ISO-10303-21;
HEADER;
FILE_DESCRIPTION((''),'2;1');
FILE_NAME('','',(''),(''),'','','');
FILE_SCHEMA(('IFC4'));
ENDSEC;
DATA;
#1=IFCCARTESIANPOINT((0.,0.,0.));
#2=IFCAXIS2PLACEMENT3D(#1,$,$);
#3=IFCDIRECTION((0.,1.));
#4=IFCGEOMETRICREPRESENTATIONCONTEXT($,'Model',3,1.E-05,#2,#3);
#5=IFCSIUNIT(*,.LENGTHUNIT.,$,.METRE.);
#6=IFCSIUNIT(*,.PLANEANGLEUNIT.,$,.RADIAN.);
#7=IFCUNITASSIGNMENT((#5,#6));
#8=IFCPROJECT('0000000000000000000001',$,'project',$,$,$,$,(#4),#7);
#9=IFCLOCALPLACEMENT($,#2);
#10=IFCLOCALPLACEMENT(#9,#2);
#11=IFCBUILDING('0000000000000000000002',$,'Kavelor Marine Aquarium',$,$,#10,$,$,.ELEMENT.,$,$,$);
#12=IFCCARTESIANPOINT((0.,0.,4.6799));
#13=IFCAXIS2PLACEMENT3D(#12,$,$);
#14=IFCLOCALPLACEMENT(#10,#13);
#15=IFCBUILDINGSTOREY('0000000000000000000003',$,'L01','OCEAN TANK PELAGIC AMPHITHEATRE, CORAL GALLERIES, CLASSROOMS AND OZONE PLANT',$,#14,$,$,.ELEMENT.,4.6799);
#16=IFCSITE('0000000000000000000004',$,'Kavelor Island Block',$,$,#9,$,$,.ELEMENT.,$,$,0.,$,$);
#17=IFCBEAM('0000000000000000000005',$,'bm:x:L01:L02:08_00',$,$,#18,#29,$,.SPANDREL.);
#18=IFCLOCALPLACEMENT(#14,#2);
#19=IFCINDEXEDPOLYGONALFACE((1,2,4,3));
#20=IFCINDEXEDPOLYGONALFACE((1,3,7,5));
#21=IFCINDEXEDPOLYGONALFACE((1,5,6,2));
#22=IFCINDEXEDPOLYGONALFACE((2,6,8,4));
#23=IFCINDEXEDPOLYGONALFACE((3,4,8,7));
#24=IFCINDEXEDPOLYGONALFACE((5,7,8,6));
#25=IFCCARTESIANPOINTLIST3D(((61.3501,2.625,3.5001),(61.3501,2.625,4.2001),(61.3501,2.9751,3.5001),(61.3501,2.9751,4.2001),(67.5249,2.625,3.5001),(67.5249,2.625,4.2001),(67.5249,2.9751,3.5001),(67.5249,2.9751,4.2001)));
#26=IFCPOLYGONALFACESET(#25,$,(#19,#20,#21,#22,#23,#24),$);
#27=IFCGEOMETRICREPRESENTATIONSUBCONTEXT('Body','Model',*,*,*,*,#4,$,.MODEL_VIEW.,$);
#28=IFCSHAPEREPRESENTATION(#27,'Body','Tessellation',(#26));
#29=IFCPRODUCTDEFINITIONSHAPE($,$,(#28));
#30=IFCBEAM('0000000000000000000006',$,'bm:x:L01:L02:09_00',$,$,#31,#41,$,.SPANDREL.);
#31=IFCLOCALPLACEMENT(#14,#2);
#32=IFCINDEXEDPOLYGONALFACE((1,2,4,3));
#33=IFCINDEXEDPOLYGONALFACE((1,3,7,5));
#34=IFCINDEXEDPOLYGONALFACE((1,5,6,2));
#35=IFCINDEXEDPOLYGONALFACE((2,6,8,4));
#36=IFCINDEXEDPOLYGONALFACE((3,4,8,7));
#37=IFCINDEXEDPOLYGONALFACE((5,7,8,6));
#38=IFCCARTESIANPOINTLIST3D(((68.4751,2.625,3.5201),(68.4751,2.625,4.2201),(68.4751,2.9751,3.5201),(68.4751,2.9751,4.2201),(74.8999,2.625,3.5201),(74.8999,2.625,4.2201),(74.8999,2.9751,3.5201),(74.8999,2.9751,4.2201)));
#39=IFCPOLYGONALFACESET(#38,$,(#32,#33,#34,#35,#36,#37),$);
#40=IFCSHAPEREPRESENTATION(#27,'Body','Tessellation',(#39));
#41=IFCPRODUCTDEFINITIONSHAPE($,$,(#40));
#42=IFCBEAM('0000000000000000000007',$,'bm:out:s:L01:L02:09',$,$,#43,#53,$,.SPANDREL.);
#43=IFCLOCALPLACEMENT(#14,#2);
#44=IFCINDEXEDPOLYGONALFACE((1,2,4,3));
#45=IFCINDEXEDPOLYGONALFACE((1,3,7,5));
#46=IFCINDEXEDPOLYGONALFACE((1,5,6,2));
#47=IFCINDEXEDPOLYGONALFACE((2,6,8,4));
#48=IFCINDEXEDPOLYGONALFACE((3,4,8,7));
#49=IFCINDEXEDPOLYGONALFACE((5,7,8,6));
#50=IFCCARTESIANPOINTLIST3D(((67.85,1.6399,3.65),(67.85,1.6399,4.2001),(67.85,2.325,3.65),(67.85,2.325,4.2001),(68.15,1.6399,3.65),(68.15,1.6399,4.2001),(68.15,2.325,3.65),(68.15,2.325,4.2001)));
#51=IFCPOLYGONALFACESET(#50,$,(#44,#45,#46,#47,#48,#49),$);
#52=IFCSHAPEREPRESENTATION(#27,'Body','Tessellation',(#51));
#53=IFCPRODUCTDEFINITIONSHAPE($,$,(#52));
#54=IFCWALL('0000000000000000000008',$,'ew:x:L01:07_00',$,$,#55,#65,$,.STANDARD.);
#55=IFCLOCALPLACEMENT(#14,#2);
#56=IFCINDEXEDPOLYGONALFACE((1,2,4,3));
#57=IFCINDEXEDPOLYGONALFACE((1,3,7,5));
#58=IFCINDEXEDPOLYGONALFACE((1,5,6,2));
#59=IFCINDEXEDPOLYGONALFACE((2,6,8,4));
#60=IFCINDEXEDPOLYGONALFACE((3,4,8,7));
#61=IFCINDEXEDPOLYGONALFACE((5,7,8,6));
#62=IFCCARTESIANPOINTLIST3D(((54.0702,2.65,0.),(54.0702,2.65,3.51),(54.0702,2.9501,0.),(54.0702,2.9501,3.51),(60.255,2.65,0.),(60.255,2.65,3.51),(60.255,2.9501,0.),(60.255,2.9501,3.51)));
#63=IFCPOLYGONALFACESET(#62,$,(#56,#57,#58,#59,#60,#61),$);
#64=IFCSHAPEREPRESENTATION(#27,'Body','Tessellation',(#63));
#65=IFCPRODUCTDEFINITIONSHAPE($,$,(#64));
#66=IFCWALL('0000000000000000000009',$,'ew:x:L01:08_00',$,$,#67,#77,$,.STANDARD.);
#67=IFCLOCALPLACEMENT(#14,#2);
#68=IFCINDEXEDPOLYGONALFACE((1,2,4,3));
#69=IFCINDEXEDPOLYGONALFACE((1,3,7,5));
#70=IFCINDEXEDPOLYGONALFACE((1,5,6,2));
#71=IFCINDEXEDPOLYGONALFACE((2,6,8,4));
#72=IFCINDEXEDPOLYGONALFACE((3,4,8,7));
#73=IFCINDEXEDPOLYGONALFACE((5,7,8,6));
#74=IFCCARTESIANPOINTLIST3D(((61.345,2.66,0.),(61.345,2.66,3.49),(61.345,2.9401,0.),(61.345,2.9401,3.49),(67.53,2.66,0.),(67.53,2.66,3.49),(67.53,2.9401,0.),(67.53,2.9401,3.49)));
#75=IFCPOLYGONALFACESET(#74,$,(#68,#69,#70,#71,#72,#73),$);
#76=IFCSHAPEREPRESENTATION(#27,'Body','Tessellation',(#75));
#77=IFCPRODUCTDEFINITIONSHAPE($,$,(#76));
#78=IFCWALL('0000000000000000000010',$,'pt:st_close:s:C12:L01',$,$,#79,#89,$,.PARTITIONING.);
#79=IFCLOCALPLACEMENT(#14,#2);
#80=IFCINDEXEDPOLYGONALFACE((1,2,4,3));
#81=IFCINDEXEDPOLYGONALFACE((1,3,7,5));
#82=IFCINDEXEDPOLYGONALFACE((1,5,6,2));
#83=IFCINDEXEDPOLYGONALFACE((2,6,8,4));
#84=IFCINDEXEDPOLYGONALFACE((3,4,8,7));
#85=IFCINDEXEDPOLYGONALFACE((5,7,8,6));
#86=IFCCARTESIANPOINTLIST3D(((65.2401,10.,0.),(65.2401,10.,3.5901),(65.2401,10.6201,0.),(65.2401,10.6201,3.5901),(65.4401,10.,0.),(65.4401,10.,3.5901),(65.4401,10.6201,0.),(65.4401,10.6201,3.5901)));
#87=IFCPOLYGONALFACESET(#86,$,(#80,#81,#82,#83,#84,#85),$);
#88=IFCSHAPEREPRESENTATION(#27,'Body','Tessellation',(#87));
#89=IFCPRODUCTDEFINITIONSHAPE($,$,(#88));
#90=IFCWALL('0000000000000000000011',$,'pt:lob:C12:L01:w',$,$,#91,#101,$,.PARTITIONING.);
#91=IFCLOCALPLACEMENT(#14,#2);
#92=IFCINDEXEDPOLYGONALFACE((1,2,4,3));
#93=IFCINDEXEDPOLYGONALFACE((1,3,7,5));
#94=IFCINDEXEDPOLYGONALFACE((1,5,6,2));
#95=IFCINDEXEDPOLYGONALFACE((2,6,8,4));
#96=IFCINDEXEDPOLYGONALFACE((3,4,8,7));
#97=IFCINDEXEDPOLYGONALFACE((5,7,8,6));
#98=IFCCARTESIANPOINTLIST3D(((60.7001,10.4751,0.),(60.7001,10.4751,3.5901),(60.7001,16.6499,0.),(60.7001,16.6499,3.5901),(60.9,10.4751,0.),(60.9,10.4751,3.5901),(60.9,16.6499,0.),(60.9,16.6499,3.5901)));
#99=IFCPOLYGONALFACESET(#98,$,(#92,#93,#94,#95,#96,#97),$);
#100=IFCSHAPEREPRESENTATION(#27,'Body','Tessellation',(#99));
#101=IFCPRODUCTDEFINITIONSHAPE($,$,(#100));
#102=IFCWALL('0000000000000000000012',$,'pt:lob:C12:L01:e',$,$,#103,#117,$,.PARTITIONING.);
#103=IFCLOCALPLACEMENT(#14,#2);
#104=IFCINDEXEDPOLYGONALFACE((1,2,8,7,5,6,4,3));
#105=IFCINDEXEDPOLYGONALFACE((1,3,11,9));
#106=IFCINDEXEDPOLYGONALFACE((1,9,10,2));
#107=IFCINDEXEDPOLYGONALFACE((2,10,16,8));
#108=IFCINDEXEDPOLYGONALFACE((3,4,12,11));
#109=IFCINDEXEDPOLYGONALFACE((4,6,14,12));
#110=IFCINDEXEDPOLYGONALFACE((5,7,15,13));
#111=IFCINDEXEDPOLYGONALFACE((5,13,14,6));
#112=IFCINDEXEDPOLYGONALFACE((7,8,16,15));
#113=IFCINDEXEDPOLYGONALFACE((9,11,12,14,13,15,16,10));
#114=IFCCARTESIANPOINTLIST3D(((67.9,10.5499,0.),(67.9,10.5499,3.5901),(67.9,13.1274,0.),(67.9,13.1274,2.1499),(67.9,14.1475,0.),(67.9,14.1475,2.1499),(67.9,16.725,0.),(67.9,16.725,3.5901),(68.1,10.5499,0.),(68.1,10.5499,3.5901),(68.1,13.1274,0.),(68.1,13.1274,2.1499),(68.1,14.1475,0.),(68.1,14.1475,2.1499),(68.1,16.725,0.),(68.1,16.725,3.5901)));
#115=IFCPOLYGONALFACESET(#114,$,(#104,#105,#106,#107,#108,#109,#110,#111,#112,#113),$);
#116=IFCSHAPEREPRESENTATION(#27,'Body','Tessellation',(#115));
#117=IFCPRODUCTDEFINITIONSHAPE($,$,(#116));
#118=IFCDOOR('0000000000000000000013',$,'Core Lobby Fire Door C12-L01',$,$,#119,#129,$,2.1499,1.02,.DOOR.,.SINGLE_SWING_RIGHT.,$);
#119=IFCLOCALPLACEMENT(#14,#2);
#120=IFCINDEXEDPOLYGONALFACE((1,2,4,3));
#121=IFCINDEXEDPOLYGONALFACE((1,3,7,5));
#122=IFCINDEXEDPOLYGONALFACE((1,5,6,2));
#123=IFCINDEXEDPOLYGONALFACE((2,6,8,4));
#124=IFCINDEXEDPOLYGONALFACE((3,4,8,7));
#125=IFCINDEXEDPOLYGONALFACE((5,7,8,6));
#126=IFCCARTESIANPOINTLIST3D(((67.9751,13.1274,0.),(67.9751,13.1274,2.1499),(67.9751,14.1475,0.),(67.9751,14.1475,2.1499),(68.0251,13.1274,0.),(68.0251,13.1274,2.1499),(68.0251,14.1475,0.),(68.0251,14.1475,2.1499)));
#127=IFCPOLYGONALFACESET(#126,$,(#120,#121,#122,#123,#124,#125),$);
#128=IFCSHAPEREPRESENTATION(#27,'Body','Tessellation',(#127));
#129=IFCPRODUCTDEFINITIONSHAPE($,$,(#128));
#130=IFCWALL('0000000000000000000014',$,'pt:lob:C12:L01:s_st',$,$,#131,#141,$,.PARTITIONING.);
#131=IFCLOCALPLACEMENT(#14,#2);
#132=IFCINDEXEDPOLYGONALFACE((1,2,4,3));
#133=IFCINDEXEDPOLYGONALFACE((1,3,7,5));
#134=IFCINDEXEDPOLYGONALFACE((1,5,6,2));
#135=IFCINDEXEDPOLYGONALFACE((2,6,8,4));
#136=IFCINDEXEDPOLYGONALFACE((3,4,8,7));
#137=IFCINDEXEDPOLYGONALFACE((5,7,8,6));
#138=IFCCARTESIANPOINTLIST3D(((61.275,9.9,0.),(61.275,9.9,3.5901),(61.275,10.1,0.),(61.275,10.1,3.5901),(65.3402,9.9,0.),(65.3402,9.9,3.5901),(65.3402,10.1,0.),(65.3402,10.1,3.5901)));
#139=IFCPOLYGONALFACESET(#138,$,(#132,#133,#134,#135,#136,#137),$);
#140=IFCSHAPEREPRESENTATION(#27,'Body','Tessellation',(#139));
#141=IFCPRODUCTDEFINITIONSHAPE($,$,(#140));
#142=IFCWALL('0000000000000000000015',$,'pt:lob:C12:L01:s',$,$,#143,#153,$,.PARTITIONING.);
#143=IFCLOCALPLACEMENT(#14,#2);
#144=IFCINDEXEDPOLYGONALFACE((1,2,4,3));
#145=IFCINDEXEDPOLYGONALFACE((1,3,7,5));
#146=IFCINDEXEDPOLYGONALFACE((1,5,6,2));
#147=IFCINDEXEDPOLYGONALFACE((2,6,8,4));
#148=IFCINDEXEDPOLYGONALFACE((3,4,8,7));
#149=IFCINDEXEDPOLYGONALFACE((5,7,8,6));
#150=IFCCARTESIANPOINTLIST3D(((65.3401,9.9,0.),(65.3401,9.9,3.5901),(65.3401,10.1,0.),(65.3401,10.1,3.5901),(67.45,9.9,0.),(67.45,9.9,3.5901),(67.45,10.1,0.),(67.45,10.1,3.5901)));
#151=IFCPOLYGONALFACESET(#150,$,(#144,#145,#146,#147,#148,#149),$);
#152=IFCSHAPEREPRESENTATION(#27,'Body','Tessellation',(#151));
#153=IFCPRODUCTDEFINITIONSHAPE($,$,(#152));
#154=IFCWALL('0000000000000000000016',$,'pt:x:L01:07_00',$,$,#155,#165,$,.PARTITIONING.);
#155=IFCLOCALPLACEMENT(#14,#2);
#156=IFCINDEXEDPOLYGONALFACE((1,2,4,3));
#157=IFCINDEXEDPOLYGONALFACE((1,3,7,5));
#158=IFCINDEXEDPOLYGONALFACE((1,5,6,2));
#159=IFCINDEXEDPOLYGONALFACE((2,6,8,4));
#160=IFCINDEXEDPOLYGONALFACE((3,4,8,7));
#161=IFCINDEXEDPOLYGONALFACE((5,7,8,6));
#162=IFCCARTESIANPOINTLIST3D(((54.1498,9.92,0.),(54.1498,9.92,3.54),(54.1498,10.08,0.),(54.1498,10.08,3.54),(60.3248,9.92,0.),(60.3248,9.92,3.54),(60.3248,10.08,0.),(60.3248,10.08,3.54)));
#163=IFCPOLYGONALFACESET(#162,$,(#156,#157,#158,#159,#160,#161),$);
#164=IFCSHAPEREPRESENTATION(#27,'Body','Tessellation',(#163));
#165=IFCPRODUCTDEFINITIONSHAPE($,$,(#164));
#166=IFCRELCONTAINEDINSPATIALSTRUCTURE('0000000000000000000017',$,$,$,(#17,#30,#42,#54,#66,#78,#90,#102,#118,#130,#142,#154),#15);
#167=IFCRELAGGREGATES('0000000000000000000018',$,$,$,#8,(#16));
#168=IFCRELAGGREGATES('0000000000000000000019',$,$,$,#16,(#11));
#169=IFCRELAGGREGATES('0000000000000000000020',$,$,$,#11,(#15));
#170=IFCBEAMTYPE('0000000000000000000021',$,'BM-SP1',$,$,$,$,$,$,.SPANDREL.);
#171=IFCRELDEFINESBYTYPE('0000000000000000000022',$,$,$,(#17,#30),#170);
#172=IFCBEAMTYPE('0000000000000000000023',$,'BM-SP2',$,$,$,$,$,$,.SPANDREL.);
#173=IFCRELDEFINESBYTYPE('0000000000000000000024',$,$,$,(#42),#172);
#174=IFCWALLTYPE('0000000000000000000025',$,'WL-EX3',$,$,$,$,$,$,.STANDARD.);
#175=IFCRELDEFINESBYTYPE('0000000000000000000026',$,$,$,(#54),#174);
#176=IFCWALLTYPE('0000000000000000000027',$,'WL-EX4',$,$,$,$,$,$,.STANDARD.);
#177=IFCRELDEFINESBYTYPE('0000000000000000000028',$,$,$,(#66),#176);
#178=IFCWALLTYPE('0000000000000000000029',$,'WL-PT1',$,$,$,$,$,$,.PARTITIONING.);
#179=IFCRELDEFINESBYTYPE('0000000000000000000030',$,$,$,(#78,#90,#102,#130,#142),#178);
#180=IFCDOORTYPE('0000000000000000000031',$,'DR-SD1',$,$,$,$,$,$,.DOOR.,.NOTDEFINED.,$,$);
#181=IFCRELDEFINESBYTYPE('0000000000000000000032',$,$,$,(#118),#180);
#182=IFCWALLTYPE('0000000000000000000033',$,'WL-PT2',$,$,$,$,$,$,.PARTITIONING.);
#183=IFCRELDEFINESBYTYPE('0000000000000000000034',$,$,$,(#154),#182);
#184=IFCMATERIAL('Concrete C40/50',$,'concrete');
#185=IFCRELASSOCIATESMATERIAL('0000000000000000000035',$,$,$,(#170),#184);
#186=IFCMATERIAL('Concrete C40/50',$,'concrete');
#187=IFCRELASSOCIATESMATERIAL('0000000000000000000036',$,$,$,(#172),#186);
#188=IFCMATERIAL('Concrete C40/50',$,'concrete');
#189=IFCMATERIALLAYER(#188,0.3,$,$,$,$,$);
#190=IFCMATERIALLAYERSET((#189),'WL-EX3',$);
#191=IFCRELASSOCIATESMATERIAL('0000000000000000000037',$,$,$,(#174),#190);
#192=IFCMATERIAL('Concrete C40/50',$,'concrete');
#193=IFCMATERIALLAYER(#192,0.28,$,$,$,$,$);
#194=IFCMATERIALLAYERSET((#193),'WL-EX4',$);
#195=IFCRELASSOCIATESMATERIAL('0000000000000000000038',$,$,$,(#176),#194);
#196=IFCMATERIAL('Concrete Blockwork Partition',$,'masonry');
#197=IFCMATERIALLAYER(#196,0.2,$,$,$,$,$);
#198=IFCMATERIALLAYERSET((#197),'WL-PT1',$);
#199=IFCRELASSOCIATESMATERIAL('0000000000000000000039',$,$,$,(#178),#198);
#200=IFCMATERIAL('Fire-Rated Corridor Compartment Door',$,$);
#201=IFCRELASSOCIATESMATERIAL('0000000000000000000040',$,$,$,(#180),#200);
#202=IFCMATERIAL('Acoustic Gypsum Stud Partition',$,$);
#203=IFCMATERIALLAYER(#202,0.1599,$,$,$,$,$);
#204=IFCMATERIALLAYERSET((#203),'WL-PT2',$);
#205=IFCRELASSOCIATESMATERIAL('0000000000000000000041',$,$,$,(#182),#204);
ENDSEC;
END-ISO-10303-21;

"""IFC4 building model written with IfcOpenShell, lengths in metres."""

from ifc_helpers import new_model, si_unit, direction, frame, frame_2d, origin, origin_2d, place, context, subcontext, project, spatial, rectangle, extrude, material, layer, layer_set, material_profile, profile_set, type_object, element, fill, save


model = new_model("IFC4")

# Units and contexts
model_context = context("Model", 3, precision=1e-05, world=origin(), true_north=direction((0.0, 1.0)))
body_context = subcontext(model_context, "Body", "Model", "MODEL_VIEW")
ifc_project = project(units=[si_unit("LENGTHUNIT", "METRE"), si_unit("PLANEANGLEUNIT", "RADIAN")], contexts=[model_context])

# Site, building, storey
site_placement = place(None, origin())
site = spatial("IfcSite", under=ifc_project, at=site_placement, Name="Kavelor Island Block", CompositionType="ELEMENT", RefElevation=0.0)
building_placement = place(site_placement, origin())
building = spatial("IfcBuilding", under=site, at=building_placement, Name="Kavelor Marine Aquarium", CompositionType="ELEMENT")
storey_placement = place(building_placement, frame((0.0, 0.0, 4.6799)))
storey = spatial("IfcBuildingStorey", under=building, at=storey_placement, Name="L01", Description="OCEAN TANK PELAGIC AMPHITHEATRE, CORAL GALLERIES, CLASSROOMS AND OZONE PLANT", CompositionType="ELEMENT", Elevation=4.6799)

# Beams
ifc_material_1 = material(Name="Concrete C40/50", Category="concrete")
ifc_material_profile_1 = material_profile(ifc_material_1, rectangle(XDim=0.3501, YDim=0.7, at=origin_2d()), Name="RC-SP 350x700")
ifc_profile_set_1 = profile_set([ifc_material_profile_1], Name="Concrete C40/50")
beam_type_1 = type_object("IfcBeamType", Name="BM-SP1", PredefinedType="SPANDREL", material=ifc_profile_set_1)
beam_1_placement = place(storey_placement, frame((61.3501, 2.8, 3.8501), z_axis=(1.0, 0.0, 0.0), x_axis=(0.0, 1.0, 0.0)))
element("IfcBeam", 1, at=beam_1_placement, inside=storey, type_object=beam_type_1, Name="bm:x:L01:L02:08_00", PredefinedType="SPANDREL", context=body_context, shape_type="SweptSolid", body=[
    extrude(rectangle(XDim=0.3501, YDim=0.7, at=origin_2d()), origin(), (0.0, 0.0, 1.0), 6.1748),
])
beam_2_placement = place(storey_placement, frame((68.4751, 2.8, 3.8701), z_axis=(1.0, 0.0, 0.0), x_axis=(0.0, 1.0, 0.0)))
element("IfcBeam", 2, at=beam_2_placement, inside=storey, type_object=beam_type_1, Name="bm:x:L01:L02:09_00", PredefinedType="SPANDREL", context=body_context, shape_type="SweptSolid", body=[
    extrude(rectangle(XDim=0.3501, YDim=0.7, at=origin_2d()), origin(), (0.0, 0.0, 1.0), 6.4248),
])
ifc_material_2 = material(Name="Concrete C40/50", Category="concrete")
ifc_material_profile_2 = material_profile(ifc_material_2, rectangle(XDim=0.3, YDim=0.55, at=origin_2d()), Name="RC-SP 300x550")
ifc_profile_set_2 = profile_set([ifc_material_profile_2], Name="Concrete C40/50")
beam_type_2 = type_object("IfcBeamType", Name="BM-SP2", PredefinedType="SPANDREL", material=ifc_profile_set_2)
beam_3_placement = place(storey_placement, frame((68.0, 1.6399, 3.925), z_axis=(0.0, 1.0, 0.0), x_axis=(-1.0, 0.0, 0.0)))
element("IfcBeam", 3, at=beam_3_placement, inside=storey, type_object=beam_type_2, Name="bm:out:s:L01:L02:09", PredefinedType="SPANDREL", context=body_context, shape_type="SweptSolid", body=[
    extrude(rectangle(XDim=0.3, YDim=0.55, at=origin_2d()), origin(), (0.0, 0.0, 1.0), 0.6851),
])

# Walls
ifc_material_3 = material(Name="Concrete C40/50", Category="concrete")
ifc_layer_1 = layer(ifc_material_3, 0.3)
ifc_layer_set_1 = layer_set([ifc_layer_1], Name="WL-EX3")
wall_type_1 = type_object("IfcWallType", Name="WL-EX3", PredefinedType="STANDARD", material=ifc_layer_set_1)
wall_1_placement = place(storey_placement, frame((60.2549, 2.8, 0.0), z_axis=(0.0, 0.0, 1.0), x_axis=(-1.0, 0.0, 0.0)))
element("IfcWall", 4, at=wall_1_placement, inside=storey, type_object=wall_type_1, Name="ew:x:L01:07_00", PredefinedType="STANDARD", context=body_context, shape_type="SweptSolid", body=[
    extrude(rectangle(XDim=6.1848, YDim=0.3, at=frame_2d((3.0923, 0.0))), origin(), (0.0, 0.0, 1.0), 3.51),
])
ifc_material_4 = material(Name="Concrete C40/50", Category="concrete")
ifc_layer_2 = layer(ifc_material_4, 0.28)
ifc_layer_set_2 = layer_set([ifc_layer_2], Name="WL-EX4")
wall_type_2 = type_object("IfcWallType", Name="WL-EX4", PredefinedType="STANDARD", material=ifc_layer_set_2)
wall_2_placement = place(storey_placement, frame((67.53, 2.8, 0.0), z_axis=(0.0, 0.0, 1.0), x_axis=(-1.0, 0.0, 0.0)))
element("IfcWall", 5, at=wall_2_placement, inside=storey, type_object=wall_type_2, Name="ew:x:L01:08_00", PredefinedType="STANDARD", context=body_context, shape_type="SweptSolid", body=[
    extrude(rectangle(XDim=6.1851, YDim=0.28, at=frame_2d((3.0925, 0.0))), origin(), (0.0, 0.0, 1.0), 3.49),
])
ifc_material_5 = material(Name="Concrete Blockwork Partition", Category="masonry")
ifc_layer_3 = layer(ifc_material_5, 0.2)
ifc_layer_set_3 = layer_set([ifc_layer_3], Name="WL-PT1")
wall_type_3 = type_object("IfcWallType", Name="WL-PT1", PredefinedType="PARTITIONING", material=ifc_layer_set_3)
wall_3_placement = place(storey_placement, frame((65.3401, 10.0, 0.0), z_axis=(0.0, 0.0, 1.0), x_axis=(0.0, 1.0, 0.0)))
element("IfcWall", 6, at=wall_3_placement, inside=storey, type_object=wall_type_3, Name="pt:st_close:s:C12:L01", PredefinedType="PARTITIONING", context=body_context, shape_type="SweptSolid", body=[
    extrude(rectangle(XDim=0.6201, YDim=0.2, at=frame_2d((0.3101, 0.0))), origin(), (0.0, 0.0, 1.0), 3.5901),
])
wall_4_placement = place(storey_placement, frame((60.8, 10.4751, 0.0), z_axis=(0.0, 0.0, 1.0), x_axis=(0.0, 1.0, 0.0)))
element("IfcWall", 7, at=wall_4_placement, inside=storey, type_object=wall_type_3, Name="pt:lob:C12:L01:w", PredefinedType="PARTITIONING", context=body_context, shape_type="SweptSolid", body=[
    extrude(rectangle(XDim=6.1748, YDim=0.2, at=frame_2d((3.0874, 0.0))), origin(), (0.0, 0.0, 1.0), 3.5901),
])

# Wall, opening, door
wall_5_placement = place(storey_placement, frame((68.0, 10.55, 0.0), z_axis=(0.0, 0.0, 1.0), x_axis=(0.0, 1.0, 0.0)))
wall_5 = element("IfcWall", 8, at=wall_5_placement, inside=storey, type_object=wall_type_3, Name="pt:lob:C12:L01:e", PredefinedType="PARTITIONING", context=body_context, shape_type="SweptSolid", body=[
    extrude(rectangle(XDim=6.175, YDim=0.2, at=frame_2d((3.0874, 0.0))), origin(), (0.0, 0.0, 1.0), 3.5901),
])
opening_1_placement = place(wall_5_placement, frame((2.5774, 0.0, 0.0)))
opening_1 = element("IfcOpeningElement", 9, at=opening_1_placement, cuts=wall_5, PredefinedType="OPENING", context=body_context, shape_type="SweptSolid", body=[
    extrude(rectangle(XDim=1.02, YDim=2.1499, at=frame_2d((0.51, 1.075))), frame((0.0, 0.1099, 0.0), z_axis=(0.0, -1.0, 0.0), x_axis=(1.0, 0.0, 0.0)), (0.0, 0.0, 1.0), 0.22),
])
ifc_material_6 = material(Name="Fire-Rated Corridor Compartment Door")
door_type_1 = type_object("IfcDoorType", Name="DR-SD1", OperationType="NOTDEFINED", PredefinedType="DOOR", material=ifc_material_6)
door_1_placement = place(opening_1_placement, origin())
door_1 = element("IfcDoor", 10, at=door_1_placement, inside=storey, type_object=door_type_1, Name="Core Lobby Fire Door C12-L01", OperationType="SINGLE_SWING_RIGHT", OverallHeight=2.1499, OverallWidth=1.02, PredefinedType="DOOR", context=body_context, shape_type="SweptSolid", body=[
    extrude(rectangle(XDim=1.02, YDim=2.1499, at=frame_2d((0.51, 1.075))), frame((0.0, 0.0249, 0.0), z_axis=(0.0, -1.0, 0.0), x_axis=(1.0, 0.0, 0.0)), (0.0, 0.0, 1.0), 0.05),
])
fill(opening_1, door_1)

# Walls
wall_6_placement = place(storey_placement, frame((61.2749, 10.0, 0.0), z_axis=(0.0, 0.0, 1.0), x_axis=(1.0, 0.0, 0.0)))
element("IfcWall", 11, at=wall_6_placement, inside=storey, type_object=wall_type_3, Name="pt:lob:C12:L01:s_st", PredefinedType="PARTITIONING", context=body_context, shape_type="SweptSolid", body=[
    extrude(rectangle(XDim=4.0652, YDim=0.2, at=frame_2d((2.0327, 0.0))), origin(), (0.0, 0.0, 1.0), 3.5901),
])
wall_7_placement = place(storey_placement, frame((65.3401, 10.0, 0.0), z_axis=(0.0, 0.0, 1.0), x_axis=(1.0, 0.0, 0.0)))
element("IfcWall", 12, at=wall_7_placement, inside=storey, type_object=wall_type_3, Name="pt:lob:C12:L01:s", PredefinedType="PARTITIONING", context=body_context, shape_type="SweptSolid", body=[
    extrude(rectangle(XDim=2.1099, YDim=0.2, at=frame_2d((1.0549, 0.0))), origin(), (0.0, 0.0, 1.0), 3.5901),
])
ifc_material_7 = material(Name="Acoustic Gypsum Stud Partition")
ifc_layer_4 = layer(ifc_material_7, 0.1599)
ifc_layer_set_4 = layer_set([ifc_layer_4], Name="WL-PT2")
wall_type_4 = type_object("IfcWallType", Name="WL-PT2", PredefinedType="PARTITIONING", material=ifc_layer_set_4)
wall_8_placement = place(storey_placement, frame((54.1499, 10.0, 0.0), z_axis=(0.0, 0.0, 1.0), x_axis=(1.0, 0.0, 0.0)))
element("IfcWall", 13, at=wall_8_placement, inside=storey, type_object=wall_type_4, Name="pt:x:L01:07_00", PredefinedType="PARTITIONING", context=body_context, shape_type="SweptSolid", body=[
    extrude(rectangle(XDim=6.175, YDim=0.1599, at=frame_2d((3.0874, 0.0))), origin(), (0.0, 0.0, 1.0), 3.54),
])

save(model, "model.ifc")
